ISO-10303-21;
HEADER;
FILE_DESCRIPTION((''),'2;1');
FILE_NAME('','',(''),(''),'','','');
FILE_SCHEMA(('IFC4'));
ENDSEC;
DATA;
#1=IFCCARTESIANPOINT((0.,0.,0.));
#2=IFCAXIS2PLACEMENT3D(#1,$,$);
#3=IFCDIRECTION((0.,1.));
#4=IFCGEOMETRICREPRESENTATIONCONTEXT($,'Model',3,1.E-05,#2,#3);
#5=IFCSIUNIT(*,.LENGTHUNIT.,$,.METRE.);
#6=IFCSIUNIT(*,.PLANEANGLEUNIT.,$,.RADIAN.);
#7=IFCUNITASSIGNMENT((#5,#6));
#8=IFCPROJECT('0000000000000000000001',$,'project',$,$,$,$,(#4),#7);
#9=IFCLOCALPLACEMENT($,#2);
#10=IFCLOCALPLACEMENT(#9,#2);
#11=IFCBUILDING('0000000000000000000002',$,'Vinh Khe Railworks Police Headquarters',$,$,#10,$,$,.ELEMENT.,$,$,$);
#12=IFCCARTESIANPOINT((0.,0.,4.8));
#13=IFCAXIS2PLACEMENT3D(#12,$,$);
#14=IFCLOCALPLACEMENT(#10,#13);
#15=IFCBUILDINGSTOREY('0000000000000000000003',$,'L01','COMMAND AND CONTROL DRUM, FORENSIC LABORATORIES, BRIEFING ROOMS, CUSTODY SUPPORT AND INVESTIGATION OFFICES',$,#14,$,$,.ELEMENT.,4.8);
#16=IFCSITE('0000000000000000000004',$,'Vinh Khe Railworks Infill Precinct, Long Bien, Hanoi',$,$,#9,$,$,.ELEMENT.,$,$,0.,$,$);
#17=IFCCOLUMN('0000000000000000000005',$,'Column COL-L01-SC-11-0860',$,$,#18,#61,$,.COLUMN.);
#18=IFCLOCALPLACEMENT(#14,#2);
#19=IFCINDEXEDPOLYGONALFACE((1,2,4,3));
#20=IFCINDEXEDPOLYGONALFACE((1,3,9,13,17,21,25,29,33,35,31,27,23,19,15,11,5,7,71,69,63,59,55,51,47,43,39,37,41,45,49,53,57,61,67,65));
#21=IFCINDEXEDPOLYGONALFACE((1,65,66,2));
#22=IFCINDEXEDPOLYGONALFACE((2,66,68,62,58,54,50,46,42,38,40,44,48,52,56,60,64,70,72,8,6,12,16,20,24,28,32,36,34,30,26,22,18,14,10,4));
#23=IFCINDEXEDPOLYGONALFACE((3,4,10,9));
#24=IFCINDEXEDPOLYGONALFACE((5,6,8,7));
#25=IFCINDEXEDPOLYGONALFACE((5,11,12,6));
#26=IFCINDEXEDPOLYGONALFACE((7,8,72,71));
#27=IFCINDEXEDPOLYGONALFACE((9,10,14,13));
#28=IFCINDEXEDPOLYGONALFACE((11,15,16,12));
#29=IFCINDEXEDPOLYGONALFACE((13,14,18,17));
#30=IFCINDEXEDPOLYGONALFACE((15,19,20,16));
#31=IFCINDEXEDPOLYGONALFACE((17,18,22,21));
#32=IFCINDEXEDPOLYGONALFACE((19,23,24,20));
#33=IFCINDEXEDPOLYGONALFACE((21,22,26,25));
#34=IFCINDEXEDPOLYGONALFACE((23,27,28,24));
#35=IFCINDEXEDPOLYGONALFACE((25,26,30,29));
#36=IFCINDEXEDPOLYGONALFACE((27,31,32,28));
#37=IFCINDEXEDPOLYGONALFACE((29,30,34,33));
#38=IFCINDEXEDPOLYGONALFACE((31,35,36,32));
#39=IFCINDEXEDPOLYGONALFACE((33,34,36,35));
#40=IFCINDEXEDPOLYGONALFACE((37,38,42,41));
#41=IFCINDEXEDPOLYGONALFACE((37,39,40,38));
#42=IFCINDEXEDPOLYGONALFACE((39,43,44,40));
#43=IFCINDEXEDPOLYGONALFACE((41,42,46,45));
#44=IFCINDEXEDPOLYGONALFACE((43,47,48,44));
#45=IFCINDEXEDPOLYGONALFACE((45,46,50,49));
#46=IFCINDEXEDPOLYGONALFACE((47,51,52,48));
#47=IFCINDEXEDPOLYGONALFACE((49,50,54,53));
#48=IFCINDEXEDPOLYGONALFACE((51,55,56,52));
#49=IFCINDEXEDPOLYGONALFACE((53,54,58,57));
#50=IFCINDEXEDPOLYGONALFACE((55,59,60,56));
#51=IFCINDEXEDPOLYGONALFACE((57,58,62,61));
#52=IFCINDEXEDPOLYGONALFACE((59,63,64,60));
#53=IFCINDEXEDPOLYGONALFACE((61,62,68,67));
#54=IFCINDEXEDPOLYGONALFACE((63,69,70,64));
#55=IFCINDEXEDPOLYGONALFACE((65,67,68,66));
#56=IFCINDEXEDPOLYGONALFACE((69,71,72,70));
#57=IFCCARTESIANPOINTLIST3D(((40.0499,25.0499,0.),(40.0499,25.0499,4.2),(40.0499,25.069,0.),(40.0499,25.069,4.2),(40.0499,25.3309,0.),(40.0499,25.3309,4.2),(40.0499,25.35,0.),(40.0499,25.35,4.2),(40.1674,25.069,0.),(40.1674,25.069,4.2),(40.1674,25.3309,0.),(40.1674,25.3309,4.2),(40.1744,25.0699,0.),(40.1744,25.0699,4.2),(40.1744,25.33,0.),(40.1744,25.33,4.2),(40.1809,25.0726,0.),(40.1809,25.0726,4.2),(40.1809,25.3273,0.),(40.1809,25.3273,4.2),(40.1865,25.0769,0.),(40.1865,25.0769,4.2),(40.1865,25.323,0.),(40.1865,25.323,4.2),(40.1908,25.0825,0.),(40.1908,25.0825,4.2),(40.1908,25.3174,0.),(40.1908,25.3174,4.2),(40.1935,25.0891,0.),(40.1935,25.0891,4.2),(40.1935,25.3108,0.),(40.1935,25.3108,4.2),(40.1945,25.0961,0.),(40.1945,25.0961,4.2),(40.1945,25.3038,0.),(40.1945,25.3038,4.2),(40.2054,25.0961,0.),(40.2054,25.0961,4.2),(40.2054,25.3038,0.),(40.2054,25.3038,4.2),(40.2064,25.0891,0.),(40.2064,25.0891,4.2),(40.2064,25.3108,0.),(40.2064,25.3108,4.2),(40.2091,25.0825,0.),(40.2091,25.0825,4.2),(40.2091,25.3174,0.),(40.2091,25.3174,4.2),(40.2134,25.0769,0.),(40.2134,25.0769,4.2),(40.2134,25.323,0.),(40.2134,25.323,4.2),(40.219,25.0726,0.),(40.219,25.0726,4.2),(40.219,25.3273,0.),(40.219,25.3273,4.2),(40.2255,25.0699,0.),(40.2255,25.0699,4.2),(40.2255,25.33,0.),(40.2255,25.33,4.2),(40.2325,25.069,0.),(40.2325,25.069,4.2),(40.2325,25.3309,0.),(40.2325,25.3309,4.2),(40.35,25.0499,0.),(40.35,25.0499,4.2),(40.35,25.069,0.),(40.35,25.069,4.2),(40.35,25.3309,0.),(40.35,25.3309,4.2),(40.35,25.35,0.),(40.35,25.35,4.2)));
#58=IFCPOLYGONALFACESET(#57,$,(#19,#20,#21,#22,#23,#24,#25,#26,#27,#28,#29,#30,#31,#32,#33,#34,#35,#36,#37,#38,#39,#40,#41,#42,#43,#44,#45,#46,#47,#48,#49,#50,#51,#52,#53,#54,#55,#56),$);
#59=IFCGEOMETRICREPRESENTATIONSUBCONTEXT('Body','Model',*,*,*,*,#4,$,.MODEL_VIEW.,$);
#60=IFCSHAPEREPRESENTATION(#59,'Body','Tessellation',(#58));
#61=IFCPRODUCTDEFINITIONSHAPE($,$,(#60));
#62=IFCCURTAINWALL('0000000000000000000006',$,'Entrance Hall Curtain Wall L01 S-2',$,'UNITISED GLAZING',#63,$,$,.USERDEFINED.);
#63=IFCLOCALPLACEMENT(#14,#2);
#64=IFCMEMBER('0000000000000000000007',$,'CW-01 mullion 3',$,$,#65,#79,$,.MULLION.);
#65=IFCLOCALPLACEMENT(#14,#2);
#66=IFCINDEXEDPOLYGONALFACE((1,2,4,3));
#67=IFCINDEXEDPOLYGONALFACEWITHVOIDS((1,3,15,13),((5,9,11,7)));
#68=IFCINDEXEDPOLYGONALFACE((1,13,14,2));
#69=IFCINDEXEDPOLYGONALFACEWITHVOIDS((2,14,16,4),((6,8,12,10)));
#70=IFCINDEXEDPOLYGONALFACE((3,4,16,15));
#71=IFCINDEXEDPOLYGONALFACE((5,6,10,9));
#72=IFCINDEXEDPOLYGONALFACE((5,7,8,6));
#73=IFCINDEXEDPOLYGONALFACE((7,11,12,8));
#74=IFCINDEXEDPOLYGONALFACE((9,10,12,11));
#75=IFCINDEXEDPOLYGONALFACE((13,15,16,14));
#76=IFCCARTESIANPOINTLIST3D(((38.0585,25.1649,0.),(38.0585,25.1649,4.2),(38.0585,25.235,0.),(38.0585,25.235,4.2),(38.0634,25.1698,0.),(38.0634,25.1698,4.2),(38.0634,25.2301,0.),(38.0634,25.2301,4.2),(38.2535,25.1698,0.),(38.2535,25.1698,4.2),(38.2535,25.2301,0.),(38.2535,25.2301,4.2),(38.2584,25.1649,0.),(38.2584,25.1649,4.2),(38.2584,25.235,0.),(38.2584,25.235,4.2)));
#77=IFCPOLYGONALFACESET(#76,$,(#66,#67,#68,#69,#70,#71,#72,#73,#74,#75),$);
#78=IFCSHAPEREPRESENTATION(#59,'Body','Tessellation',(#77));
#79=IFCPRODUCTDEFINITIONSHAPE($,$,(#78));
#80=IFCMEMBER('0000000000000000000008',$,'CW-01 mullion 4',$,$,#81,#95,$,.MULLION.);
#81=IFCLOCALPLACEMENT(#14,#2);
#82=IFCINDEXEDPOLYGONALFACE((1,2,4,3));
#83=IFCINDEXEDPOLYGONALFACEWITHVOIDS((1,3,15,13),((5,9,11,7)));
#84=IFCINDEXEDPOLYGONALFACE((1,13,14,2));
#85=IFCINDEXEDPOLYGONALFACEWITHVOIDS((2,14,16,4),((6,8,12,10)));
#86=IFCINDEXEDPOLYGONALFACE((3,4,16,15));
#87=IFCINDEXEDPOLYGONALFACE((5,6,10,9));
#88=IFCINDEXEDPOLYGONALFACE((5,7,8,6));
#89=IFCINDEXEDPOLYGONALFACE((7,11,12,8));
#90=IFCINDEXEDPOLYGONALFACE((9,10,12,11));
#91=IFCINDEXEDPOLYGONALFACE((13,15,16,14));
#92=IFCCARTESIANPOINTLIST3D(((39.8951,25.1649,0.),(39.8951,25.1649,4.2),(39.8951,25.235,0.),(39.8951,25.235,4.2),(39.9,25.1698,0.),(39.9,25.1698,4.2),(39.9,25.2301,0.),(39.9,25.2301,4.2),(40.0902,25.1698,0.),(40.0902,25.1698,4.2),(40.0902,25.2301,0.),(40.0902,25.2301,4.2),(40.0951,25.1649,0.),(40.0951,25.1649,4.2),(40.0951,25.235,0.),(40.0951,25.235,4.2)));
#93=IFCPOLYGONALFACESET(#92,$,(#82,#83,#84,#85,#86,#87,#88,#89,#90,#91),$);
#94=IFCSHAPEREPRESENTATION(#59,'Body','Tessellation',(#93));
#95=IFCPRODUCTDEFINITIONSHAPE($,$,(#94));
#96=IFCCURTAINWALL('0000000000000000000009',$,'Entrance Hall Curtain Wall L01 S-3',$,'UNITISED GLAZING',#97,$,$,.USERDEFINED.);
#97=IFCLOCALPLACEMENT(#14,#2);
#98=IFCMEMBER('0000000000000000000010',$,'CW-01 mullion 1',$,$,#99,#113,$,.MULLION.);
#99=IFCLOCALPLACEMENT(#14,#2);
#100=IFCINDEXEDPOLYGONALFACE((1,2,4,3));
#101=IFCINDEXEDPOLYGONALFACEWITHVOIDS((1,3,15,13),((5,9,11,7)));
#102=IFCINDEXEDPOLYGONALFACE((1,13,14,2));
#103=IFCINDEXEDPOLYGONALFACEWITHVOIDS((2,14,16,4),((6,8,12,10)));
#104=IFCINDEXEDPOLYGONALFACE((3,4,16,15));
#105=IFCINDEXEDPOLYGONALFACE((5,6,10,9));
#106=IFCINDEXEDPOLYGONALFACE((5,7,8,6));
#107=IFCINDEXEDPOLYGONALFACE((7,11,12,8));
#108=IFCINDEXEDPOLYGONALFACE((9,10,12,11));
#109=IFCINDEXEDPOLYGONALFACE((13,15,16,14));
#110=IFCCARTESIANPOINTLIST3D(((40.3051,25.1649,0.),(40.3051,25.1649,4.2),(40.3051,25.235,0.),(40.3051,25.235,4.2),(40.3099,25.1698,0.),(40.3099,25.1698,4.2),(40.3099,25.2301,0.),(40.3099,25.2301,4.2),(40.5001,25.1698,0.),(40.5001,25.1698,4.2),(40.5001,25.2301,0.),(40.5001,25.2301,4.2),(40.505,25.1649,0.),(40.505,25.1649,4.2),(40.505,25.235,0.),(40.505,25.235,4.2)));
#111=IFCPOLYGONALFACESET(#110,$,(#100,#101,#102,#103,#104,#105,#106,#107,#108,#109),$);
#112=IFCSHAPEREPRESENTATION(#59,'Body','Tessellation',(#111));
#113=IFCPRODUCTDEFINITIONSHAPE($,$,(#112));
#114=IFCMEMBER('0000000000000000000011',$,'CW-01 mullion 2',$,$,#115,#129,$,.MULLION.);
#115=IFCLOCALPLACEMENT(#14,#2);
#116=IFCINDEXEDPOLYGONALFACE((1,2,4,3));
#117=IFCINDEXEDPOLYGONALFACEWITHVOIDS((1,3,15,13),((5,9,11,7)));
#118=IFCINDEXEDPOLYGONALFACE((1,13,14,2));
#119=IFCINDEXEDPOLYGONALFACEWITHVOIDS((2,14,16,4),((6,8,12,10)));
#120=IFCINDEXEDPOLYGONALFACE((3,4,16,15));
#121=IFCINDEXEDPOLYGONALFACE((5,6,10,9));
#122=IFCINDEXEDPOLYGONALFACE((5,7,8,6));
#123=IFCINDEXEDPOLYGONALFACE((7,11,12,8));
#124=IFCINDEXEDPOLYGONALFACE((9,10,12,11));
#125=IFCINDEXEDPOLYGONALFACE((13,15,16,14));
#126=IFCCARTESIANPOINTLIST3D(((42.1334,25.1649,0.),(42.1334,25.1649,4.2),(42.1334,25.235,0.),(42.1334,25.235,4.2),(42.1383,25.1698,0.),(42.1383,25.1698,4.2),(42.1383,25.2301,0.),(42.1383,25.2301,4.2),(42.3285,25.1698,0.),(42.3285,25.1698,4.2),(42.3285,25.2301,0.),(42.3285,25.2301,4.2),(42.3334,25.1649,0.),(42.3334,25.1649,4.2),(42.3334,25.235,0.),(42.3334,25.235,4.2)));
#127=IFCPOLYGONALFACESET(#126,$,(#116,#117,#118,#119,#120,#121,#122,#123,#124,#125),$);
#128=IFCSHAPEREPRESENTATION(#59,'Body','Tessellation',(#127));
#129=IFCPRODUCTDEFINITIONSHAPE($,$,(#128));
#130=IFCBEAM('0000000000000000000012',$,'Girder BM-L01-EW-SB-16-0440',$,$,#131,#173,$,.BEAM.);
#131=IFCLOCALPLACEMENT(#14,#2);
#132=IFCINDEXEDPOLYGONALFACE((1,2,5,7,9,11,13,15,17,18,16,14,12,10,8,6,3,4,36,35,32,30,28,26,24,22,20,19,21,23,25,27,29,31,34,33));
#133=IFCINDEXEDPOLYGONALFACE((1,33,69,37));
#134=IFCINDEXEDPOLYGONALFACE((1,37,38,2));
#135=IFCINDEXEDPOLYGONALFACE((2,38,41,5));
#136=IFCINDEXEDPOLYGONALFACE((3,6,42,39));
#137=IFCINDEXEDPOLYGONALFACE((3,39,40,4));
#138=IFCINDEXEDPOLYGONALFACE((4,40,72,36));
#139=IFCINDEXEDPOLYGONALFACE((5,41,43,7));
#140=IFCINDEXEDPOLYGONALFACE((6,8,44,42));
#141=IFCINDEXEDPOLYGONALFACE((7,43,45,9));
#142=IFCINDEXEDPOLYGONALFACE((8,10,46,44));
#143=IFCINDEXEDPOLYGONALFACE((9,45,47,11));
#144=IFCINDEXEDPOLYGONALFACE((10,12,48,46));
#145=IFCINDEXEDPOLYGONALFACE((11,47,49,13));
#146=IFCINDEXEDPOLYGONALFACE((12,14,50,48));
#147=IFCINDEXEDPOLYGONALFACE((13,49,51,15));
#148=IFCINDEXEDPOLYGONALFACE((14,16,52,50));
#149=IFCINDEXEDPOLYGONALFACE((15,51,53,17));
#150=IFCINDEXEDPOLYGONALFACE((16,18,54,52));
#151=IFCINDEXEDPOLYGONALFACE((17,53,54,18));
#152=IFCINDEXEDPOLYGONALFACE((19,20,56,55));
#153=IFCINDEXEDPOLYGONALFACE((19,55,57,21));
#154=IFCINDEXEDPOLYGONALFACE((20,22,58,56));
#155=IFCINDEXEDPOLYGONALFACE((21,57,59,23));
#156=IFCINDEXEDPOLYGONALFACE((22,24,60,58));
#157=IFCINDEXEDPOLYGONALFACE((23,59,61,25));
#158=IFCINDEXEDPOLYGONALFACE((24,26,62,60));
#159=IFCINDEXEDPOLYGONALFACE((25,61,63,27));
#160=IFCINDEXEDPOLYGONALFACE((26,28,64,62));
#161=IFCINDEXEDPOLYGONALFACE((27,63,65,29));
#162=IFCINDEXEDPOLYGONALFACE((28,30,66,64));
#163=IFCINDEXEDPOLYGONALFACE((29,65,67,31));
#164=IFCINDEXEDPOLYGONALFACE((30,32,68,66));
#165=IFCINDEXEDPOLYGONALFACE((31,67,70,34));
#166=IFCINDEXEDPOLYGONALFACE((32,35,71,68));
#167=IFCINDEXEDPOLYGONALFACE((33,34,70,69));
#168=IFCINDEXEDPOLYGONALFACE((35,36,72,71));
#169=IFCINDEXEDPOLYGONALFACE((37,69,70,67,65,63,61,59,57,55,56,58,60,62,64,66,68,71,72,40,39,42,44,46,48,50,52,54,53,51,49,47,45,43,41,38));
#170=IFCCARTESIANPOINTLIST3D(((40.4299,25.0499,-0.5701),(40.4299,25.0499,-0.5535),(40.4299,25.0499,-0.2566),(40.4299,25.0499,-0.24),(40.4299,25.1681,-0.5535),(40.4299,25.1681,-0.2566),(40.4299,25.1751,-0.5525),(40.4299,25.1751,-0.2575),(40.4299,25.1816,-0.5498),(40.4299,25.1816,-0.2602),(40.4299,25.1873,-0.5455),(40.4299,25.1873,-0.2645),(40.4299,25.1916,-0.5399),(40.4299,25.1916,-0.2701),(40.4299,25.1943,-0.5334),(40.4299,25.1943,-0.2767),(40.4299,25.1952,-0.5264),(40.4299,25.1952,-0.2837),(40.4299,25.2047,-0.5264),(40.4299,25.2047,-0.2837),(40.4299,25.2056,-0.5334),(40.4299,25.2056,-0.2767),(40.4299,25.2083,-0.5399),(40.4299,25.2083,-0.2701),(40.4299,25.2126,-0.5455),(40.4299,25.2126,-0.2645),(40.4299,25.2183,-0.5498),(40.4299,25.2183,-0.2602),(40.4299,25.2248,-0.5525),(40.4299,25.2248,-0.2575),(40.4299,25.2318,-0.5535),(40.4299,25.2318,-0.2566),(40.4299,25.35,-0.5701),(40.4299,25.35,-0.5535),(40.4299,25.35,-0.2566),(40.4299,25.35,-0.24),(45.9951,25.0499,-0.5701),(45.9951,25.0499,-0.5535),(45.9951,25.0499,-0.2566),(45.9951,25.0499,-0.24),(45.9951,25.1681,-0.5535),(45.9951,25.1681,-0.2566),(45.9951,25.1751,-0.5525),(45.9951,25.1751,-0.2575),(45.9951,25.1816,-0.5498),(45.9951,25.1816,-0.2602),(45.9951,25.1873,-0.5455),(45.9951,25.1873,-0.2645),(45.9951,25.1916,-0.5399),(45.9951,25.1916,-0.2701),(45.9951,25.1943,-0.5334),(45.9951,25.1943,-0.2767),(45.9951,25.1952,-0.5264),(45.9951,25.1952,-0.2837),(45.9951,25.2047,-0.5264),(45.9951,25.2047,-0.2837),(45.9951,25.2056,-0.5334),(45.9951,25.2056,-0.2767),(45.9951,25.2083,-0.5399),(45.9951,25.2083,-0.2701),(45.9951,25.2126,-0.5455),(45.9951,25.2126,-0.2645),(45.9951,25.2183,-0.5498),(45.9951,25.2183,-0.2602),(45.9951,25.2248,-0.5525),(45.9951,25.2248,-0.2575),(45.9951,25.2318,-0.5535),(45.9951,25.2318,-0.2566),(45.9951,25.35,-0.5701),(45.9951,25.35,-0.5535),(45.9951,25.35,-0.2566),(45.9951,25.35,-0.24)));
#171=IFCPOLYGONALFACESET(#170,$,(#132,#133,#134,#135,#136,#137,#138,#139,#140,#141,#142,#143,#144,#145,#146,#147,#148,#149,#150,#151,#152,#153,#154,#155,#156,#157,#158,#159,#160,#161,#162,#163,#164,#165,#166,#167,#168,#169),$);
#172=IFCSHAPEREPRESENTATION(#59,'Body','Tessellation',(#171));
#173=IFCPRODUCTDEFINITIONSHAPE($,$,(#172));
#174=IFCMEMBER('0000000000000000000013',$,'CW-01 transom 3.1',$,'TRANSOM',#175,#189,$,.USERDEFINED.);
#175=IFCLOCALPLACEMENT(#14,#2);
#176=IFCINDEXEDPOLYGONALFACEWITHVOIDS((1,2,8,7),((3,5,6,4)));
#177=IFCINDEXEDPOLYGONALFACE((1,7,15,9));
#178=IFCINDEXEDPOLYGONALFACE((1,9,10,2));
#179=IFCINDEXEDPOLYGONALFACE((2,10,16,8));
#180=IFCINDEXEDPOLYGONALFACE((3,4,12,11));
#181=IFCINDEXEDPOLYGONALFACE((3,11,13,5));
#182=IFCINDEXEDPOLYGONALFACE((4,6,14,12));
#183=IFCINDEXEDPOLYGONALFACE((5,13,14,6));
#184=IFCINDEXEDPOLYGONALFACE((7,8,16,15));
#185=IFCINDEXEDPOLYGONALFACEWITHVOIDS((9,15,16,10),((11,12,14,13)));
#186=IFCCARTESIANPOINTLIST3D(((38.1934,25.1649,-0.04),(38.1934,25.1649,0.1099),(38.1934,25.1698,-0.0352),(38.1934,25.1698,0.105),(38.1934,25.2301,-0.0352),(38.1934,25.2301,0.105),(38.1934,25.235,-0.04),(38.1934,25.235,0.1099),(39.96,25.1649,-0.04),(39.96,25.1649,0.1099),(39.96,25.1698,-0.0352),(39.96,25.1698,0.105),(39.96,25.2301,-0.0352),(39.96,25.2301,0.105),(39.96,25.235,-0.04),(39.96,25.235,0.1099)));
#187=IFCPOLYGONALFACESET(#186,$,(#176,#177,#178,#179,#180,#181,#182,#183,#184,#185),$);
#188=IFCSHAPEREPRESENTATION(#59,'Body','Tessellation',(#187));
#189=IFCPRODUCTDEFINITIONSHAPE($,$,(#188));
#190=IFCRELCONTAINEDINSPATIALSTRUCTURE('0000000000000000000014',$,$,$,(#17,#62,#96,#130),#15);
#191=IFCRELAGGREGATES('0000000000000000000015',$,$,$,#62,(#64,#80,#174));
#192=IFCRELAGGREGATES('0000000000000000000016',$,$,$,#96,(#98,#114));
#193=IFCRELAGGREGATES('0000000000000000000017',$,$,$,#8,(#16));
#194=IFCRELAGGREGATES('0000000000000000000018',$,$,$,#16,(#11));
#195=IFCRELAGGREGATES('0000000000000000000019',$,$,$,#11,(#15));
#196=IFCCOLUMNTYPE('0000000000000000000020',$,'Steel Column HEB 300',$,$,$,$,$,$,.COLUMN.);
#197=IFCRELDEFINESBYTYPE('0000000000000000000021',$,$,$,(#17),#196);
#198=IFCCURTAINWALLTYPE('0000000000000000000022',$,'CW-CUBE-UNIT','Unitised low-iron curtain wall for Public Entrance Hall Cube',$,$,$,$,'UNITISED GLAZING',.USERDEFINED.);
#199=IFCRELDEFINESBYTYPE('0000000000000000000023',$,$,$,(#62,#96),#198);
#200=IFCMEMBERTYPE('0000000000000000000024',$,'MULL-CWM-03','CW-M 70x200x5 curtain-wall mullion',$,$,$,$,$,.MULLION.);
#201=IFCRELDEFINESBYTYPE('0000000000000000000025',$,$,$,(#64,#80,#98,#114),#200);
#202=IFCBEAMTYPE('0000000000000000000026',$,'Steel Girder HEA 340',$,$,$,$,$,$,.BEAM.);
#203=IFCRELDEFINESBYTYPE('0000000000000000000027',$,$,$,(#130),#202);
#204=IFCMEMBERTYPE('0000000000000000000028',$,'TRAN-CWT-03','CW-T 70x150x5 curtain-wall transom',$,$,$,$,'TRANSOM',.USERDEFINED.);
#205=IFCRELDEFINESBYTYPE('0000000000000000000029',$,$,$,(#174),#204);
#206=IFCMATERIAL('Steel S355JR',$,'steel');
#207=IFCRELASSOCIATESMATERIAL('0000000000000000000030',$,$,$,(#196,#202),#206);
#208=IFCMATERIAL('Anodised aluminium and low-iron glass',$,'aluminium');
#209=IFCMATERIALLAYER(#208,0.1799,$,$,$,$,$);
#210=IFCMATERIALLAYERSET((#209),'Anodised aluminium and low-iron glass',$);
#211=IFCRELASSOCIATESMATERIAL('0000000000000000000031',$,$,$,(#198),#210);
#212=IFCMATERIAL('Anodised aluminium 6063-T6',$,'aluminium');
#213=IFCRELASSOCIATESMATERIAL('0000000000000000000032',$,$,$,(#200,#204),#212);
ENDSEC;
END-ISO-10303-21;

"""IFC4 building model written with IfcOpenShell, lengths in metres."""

from ifc_helpers import new_model, si_unit, direction, frame, origin, origin_2d, place, context, subcontext, project, spatial, hollow_rectangle, i_section, extrude, material, layer, layer_set, material_profile, profile_set, type_object, element, aggregate, save


model = new_model("IFC4")

# Units and contexts
model_context = context("Model", 3, precision=1e-05, world=origin(), true_north=direction((0.0, 1.0)))
body_context = subcontext(model_context, "Body", "Model", "MODEL_VIEW")
ifc_project = project(units=[si_unit("LENGTHUNIT", "METRE"), si_unit("PLANEANGLEUNIT", "RADIAN")], contexts=[model_context])

# Site, building, storey
site_placement = place(None, origin())
site = spatial("IfcSite", under=ifc_project, at=site_placement, Name="Vinh Khe Railworks Infill Precinct, Long Bien, Hanoi", CompositionType="ELEMENT", RefElevation=0.0)
building_placement = place(site_placement, origin())
building = spatial("IfcBuilding", under=site, at=building_placement, Name="Vinh Khe Railworks Police Headquarters", CompositionType="ELEMENT")
storey_placement = place(building_placement, frame((0.0, 0.0, 4.8)))
storey = spatial("IfcBuildingStorey", under=building, at=storey_placement, Name="L01", Description="COMMAND AND CONTROL DRUM, FORENSIC LABORATORIES, BRIEFING ROOMS, CUSTODY SUPPORT AND INVESTIGATION OFFICES", CompositionType="ELEMENT", Elevation=4.8)

# Column
ifc_material_1 = material(Name="Steel S355JR", Category="steel")
ifc_material_profile_1 = material_profile(ifc_material_1, i_section(OverallWidth=0.3, OverallDepth=0.3, WebThickness=0.011, FlangeThickness=0.019, FilletRadius=0.0271, at=origin_2d()), Name="HEB 300")
ifc_profile_set_1 = profile_set([ifc_material_profile_1], Name="Steel S355JR")
column_type = type_object("IfcColumnType", Name="Steel Column HEB 300", PredefinedType="COLUMN", material=ifc_profile_set_1)
column_placement = place(storey_placement, frame((40.2, 25.2, 0.0), z_axis=(0.0, 0.0, 1.0), x_axis=(1.0, 0.0, 0.0)))
element("IfcColumn", 1, at=column_placement, inside=storey, type_object=column_type, Name="Column COL-L01-SC-11-0860", PredefinedType="COLUMN", context=body_context, shape_type="SweptSolid", body=[
    extrude(i_section(OverallWidth=0.3, OverallDepth=0.3, WebThickness=0.011, FlangeThickness=0.019, FilletRadius=0.0271, at=origin_2d()), origin(), (0.0, 0.0, 1.0), 4.2),
])

# Curtain walls, members
ifc_material_2 = material(Name="Anodised aluminium and low-iron glass", Category="aluminium")
ifc_layer_1 = layer(ifc_material_2, 0.1799)
ifc_layer_set_1 = layer_set([ifc_layer_1], Name="Anodised aluminium and low-iron glass")
curtain_wall_type = type_object("IfcCurtainWallType", Name="CW-CUBE-UNIT", Description="Unitised low-iron curtain wall for Public Entrance Hall Cube", ElementType="UNITISED GLAZING", PredefinedType="USERDEFINED", material=ifc_layer_set_1)
curtain_wall_1_placement = place(storey_placement, origin())
curtain_wall_1 = element("IfcCurtainWall", 2, at=curtain_wall_1_placement, inside=storey, type_object=curtain_wall_type, Name="Entrance Hall Curtain Wall L01 S-2", ObjectType="UNITISED GLAZING", PredefinedType="USERDEFINED")
ifc_material_3 = material(Name="Anodised aluminium 6063-T6", Category="aluminium")
ifc_material_profile_2 = material_profile(ifc_material_3, hollow_rectangle(XDim=0.0701, YDim=0.2, WallThickness=0.0049, at=origin_2d()), Name="CW-M 70x200x5")
ifc_profile_set_2 = profile_set([ifc_material_profile_2], Name="Anodised aluminium 6063-T6")
member_type_1 = type_object("IfcMemberType", Name="MULL-CWM-03", Description="CW-M 70x200x5 curtain-wall mullion", PredefinedType="MULLION", material=ifc_profile_set_2)
member_1_placement = place(storey_placement, frame((38.1584, 25.2, 0.0), z_axis=(0.0, 0.0, 1.0), x_axis=(0.0, 1.0, 0.0)))
member_1 = element("IfcMember", 3, at=member_1_placement, type_object=member_type_1, Name="CW-01 mullion 3", PredefinedType="MULLION", context=body_context, shape_type="SweptSolid", body=[
    extrude(hollow_rectangle(XDim=0.0701, YDim=0.2, WallThickness=0.0049, at=origin_2d()), origin(), (0.0, 0.0, 1.0), 4.2),
])
member_2_placement = place(storey_placement, frame((39.9951, 25.2, 0.0), z_axis=(0.0, 0.0, 1.0), x_axis=(0.0, 1.0, 0.0)))
member_2 = element("IfcMember", 4, at=member_2_placement, type_object=member_type_1, Name="CW-01 mullion 4", PredefinedType="MULLION", context=body_context, shape_type="SweptSolid", body=[
    extrude(hollow_rectangle(XDim=0.0701, YDim=0.2, WallThickness=0.0049, at=origin_2d()), origin(), (0.0, 0.0, 1.0), 4.2),
])
curtain_wall_2_placement = place(storey_placement, origin())
curtain_wall_2 = element("IfcCurtainWall", 5, at=curtain_wall_2_placement, inside=storey, type_object=curtain_wall_type, Name="Entrance Hall Curtain Wall L01 S-3", ObjectType="UNITISED GLAZING", PredefinedType="USERDEFINED")
member_3_placement = place(storey_placement, frame((40.405, 25.2, 0.0), z_axis=(0.0, 0.0, 1.0), x_axis=(0.0, 1.0, 0.0)))
member_3 = element("IfcMember", 6, at=member_3_placement, type_object=member_type_1, Name="CW-01 mullion 1", PredefinedType="MULLION", context=body_context, shape_type="SweptSolid", body=[
    extrude(hollow_rectangle(XDim=0.0701, YDim=0.2, WallThickness=0.0049, at=origin_2d()), origin(), (0.0, 0.0, 1.0), 4.2),
])
member_4_placement = place(storey_placement, frame((42.2334, 25.2, 0.0), z_axis=(0.0, 0.0, 1.0), x_axis=(0.0, 1.0, 0.0)))
member_4 = element("IfcMember", 7, at=member_4_placement, type_object=member_type_1, Name="CW-01 mullion 2", PredefinedType="MULLION", context=body_context, shape_type="SweptSolid", body=[
    extrude(hollow_rectangle(XDim=0.0701, YDim=0.2, WallThickness=0.0049, at=origin_2d()), origin(), (0.0, 0.0, 1.0), 4.2),
])

# Beam
ifc_material_profile_3 = material_profile(ifc_material_1, i_section(OverallWidth=0.3, OverallDepth=0.3301, WebThickness=0.0095, FlangeThickness=0.0166, FilletRadius=0.0271, at=origin_2d()), Name="HEA 340")
ifc_profile_set_3 = profile_set([ifc_material_profile_3], Name="Steel S355JR")
beam_type = type_object("IfcBeamType", Name="Steel Girder HEA 340", PredefinedType="BEAM", material=ifc_profile_set_3)
beam_placement = place(storey_placement, frame((40.4299, 25.2, -0.405), z_axis=(1.0, 0.0, 0.0), x_axis=(0.0, 1.0, 0.0)))
element("IfcBeam", 8, at=beam_placement, inside=storey, type_object=beam_type, Name="Girder BM-L01-EW-SB-16-0440", PredefinedType="BEAM", context=body_context, shape_type="SweptSolid", body=[
    extrude(i_section(OverallWidth=0.3, OverallDepth=0.3301, WebThickness=0.0095, FlangeThickness=0.0166, FilletRadius=0.0271, at=origin_2d()), origin(), (0.0, 0.0, 1.0), 5.5652),
])

# Member
ifc_material_profile_4 = material_profile(ifc_material_3, hollow_rectangle(XDim=0.0701, YDim=0.1499, WallThickness=0.0049, at=origin_2d()), Name="CW-T 70x150x5")
ifc_profile_set_4 = profile_set([ifc_material_profile_4], Name="Anodised aluminium 6063-T6")
member_type_2 = type_object("IfcMemberType", Name="TRAN-CWT-03", Description="CW-T 70x150x5 curtain-wall transom", ElementType="TRANSOM", PredefinedType="USERDEFINED", material=ifc_profile_set_4)
member_5_placement = place(storey_placement, frame((38.1934, 25.2, 0.0349), z_axis=(1.0, 0.0, 0.0), x_axis=(0.0, 1.0, 0.0)))
member_5 = element("IfcMember", 9, at=member_5_placement, type_object=member_type_2, Name="CW-01 transom 3.1", ObjectType="TRANSOM", PredefinedType="USERDEFINED", context=body_context, shape_type="SweptSolid", body=[
    extrude(hollow_rectangle(XDim=0.0701, YDim=0.1499, WallThickness=0.0049, at=origin_2d()), origin(), (0.0, 0.0, 1.0), 1.7666),
])

aggregate(curtain_wall_1, [member_1, member_2, member_5])
aggregate(curtain_wall_2, [member_3, member_4])

save(model, "model.ifc")
